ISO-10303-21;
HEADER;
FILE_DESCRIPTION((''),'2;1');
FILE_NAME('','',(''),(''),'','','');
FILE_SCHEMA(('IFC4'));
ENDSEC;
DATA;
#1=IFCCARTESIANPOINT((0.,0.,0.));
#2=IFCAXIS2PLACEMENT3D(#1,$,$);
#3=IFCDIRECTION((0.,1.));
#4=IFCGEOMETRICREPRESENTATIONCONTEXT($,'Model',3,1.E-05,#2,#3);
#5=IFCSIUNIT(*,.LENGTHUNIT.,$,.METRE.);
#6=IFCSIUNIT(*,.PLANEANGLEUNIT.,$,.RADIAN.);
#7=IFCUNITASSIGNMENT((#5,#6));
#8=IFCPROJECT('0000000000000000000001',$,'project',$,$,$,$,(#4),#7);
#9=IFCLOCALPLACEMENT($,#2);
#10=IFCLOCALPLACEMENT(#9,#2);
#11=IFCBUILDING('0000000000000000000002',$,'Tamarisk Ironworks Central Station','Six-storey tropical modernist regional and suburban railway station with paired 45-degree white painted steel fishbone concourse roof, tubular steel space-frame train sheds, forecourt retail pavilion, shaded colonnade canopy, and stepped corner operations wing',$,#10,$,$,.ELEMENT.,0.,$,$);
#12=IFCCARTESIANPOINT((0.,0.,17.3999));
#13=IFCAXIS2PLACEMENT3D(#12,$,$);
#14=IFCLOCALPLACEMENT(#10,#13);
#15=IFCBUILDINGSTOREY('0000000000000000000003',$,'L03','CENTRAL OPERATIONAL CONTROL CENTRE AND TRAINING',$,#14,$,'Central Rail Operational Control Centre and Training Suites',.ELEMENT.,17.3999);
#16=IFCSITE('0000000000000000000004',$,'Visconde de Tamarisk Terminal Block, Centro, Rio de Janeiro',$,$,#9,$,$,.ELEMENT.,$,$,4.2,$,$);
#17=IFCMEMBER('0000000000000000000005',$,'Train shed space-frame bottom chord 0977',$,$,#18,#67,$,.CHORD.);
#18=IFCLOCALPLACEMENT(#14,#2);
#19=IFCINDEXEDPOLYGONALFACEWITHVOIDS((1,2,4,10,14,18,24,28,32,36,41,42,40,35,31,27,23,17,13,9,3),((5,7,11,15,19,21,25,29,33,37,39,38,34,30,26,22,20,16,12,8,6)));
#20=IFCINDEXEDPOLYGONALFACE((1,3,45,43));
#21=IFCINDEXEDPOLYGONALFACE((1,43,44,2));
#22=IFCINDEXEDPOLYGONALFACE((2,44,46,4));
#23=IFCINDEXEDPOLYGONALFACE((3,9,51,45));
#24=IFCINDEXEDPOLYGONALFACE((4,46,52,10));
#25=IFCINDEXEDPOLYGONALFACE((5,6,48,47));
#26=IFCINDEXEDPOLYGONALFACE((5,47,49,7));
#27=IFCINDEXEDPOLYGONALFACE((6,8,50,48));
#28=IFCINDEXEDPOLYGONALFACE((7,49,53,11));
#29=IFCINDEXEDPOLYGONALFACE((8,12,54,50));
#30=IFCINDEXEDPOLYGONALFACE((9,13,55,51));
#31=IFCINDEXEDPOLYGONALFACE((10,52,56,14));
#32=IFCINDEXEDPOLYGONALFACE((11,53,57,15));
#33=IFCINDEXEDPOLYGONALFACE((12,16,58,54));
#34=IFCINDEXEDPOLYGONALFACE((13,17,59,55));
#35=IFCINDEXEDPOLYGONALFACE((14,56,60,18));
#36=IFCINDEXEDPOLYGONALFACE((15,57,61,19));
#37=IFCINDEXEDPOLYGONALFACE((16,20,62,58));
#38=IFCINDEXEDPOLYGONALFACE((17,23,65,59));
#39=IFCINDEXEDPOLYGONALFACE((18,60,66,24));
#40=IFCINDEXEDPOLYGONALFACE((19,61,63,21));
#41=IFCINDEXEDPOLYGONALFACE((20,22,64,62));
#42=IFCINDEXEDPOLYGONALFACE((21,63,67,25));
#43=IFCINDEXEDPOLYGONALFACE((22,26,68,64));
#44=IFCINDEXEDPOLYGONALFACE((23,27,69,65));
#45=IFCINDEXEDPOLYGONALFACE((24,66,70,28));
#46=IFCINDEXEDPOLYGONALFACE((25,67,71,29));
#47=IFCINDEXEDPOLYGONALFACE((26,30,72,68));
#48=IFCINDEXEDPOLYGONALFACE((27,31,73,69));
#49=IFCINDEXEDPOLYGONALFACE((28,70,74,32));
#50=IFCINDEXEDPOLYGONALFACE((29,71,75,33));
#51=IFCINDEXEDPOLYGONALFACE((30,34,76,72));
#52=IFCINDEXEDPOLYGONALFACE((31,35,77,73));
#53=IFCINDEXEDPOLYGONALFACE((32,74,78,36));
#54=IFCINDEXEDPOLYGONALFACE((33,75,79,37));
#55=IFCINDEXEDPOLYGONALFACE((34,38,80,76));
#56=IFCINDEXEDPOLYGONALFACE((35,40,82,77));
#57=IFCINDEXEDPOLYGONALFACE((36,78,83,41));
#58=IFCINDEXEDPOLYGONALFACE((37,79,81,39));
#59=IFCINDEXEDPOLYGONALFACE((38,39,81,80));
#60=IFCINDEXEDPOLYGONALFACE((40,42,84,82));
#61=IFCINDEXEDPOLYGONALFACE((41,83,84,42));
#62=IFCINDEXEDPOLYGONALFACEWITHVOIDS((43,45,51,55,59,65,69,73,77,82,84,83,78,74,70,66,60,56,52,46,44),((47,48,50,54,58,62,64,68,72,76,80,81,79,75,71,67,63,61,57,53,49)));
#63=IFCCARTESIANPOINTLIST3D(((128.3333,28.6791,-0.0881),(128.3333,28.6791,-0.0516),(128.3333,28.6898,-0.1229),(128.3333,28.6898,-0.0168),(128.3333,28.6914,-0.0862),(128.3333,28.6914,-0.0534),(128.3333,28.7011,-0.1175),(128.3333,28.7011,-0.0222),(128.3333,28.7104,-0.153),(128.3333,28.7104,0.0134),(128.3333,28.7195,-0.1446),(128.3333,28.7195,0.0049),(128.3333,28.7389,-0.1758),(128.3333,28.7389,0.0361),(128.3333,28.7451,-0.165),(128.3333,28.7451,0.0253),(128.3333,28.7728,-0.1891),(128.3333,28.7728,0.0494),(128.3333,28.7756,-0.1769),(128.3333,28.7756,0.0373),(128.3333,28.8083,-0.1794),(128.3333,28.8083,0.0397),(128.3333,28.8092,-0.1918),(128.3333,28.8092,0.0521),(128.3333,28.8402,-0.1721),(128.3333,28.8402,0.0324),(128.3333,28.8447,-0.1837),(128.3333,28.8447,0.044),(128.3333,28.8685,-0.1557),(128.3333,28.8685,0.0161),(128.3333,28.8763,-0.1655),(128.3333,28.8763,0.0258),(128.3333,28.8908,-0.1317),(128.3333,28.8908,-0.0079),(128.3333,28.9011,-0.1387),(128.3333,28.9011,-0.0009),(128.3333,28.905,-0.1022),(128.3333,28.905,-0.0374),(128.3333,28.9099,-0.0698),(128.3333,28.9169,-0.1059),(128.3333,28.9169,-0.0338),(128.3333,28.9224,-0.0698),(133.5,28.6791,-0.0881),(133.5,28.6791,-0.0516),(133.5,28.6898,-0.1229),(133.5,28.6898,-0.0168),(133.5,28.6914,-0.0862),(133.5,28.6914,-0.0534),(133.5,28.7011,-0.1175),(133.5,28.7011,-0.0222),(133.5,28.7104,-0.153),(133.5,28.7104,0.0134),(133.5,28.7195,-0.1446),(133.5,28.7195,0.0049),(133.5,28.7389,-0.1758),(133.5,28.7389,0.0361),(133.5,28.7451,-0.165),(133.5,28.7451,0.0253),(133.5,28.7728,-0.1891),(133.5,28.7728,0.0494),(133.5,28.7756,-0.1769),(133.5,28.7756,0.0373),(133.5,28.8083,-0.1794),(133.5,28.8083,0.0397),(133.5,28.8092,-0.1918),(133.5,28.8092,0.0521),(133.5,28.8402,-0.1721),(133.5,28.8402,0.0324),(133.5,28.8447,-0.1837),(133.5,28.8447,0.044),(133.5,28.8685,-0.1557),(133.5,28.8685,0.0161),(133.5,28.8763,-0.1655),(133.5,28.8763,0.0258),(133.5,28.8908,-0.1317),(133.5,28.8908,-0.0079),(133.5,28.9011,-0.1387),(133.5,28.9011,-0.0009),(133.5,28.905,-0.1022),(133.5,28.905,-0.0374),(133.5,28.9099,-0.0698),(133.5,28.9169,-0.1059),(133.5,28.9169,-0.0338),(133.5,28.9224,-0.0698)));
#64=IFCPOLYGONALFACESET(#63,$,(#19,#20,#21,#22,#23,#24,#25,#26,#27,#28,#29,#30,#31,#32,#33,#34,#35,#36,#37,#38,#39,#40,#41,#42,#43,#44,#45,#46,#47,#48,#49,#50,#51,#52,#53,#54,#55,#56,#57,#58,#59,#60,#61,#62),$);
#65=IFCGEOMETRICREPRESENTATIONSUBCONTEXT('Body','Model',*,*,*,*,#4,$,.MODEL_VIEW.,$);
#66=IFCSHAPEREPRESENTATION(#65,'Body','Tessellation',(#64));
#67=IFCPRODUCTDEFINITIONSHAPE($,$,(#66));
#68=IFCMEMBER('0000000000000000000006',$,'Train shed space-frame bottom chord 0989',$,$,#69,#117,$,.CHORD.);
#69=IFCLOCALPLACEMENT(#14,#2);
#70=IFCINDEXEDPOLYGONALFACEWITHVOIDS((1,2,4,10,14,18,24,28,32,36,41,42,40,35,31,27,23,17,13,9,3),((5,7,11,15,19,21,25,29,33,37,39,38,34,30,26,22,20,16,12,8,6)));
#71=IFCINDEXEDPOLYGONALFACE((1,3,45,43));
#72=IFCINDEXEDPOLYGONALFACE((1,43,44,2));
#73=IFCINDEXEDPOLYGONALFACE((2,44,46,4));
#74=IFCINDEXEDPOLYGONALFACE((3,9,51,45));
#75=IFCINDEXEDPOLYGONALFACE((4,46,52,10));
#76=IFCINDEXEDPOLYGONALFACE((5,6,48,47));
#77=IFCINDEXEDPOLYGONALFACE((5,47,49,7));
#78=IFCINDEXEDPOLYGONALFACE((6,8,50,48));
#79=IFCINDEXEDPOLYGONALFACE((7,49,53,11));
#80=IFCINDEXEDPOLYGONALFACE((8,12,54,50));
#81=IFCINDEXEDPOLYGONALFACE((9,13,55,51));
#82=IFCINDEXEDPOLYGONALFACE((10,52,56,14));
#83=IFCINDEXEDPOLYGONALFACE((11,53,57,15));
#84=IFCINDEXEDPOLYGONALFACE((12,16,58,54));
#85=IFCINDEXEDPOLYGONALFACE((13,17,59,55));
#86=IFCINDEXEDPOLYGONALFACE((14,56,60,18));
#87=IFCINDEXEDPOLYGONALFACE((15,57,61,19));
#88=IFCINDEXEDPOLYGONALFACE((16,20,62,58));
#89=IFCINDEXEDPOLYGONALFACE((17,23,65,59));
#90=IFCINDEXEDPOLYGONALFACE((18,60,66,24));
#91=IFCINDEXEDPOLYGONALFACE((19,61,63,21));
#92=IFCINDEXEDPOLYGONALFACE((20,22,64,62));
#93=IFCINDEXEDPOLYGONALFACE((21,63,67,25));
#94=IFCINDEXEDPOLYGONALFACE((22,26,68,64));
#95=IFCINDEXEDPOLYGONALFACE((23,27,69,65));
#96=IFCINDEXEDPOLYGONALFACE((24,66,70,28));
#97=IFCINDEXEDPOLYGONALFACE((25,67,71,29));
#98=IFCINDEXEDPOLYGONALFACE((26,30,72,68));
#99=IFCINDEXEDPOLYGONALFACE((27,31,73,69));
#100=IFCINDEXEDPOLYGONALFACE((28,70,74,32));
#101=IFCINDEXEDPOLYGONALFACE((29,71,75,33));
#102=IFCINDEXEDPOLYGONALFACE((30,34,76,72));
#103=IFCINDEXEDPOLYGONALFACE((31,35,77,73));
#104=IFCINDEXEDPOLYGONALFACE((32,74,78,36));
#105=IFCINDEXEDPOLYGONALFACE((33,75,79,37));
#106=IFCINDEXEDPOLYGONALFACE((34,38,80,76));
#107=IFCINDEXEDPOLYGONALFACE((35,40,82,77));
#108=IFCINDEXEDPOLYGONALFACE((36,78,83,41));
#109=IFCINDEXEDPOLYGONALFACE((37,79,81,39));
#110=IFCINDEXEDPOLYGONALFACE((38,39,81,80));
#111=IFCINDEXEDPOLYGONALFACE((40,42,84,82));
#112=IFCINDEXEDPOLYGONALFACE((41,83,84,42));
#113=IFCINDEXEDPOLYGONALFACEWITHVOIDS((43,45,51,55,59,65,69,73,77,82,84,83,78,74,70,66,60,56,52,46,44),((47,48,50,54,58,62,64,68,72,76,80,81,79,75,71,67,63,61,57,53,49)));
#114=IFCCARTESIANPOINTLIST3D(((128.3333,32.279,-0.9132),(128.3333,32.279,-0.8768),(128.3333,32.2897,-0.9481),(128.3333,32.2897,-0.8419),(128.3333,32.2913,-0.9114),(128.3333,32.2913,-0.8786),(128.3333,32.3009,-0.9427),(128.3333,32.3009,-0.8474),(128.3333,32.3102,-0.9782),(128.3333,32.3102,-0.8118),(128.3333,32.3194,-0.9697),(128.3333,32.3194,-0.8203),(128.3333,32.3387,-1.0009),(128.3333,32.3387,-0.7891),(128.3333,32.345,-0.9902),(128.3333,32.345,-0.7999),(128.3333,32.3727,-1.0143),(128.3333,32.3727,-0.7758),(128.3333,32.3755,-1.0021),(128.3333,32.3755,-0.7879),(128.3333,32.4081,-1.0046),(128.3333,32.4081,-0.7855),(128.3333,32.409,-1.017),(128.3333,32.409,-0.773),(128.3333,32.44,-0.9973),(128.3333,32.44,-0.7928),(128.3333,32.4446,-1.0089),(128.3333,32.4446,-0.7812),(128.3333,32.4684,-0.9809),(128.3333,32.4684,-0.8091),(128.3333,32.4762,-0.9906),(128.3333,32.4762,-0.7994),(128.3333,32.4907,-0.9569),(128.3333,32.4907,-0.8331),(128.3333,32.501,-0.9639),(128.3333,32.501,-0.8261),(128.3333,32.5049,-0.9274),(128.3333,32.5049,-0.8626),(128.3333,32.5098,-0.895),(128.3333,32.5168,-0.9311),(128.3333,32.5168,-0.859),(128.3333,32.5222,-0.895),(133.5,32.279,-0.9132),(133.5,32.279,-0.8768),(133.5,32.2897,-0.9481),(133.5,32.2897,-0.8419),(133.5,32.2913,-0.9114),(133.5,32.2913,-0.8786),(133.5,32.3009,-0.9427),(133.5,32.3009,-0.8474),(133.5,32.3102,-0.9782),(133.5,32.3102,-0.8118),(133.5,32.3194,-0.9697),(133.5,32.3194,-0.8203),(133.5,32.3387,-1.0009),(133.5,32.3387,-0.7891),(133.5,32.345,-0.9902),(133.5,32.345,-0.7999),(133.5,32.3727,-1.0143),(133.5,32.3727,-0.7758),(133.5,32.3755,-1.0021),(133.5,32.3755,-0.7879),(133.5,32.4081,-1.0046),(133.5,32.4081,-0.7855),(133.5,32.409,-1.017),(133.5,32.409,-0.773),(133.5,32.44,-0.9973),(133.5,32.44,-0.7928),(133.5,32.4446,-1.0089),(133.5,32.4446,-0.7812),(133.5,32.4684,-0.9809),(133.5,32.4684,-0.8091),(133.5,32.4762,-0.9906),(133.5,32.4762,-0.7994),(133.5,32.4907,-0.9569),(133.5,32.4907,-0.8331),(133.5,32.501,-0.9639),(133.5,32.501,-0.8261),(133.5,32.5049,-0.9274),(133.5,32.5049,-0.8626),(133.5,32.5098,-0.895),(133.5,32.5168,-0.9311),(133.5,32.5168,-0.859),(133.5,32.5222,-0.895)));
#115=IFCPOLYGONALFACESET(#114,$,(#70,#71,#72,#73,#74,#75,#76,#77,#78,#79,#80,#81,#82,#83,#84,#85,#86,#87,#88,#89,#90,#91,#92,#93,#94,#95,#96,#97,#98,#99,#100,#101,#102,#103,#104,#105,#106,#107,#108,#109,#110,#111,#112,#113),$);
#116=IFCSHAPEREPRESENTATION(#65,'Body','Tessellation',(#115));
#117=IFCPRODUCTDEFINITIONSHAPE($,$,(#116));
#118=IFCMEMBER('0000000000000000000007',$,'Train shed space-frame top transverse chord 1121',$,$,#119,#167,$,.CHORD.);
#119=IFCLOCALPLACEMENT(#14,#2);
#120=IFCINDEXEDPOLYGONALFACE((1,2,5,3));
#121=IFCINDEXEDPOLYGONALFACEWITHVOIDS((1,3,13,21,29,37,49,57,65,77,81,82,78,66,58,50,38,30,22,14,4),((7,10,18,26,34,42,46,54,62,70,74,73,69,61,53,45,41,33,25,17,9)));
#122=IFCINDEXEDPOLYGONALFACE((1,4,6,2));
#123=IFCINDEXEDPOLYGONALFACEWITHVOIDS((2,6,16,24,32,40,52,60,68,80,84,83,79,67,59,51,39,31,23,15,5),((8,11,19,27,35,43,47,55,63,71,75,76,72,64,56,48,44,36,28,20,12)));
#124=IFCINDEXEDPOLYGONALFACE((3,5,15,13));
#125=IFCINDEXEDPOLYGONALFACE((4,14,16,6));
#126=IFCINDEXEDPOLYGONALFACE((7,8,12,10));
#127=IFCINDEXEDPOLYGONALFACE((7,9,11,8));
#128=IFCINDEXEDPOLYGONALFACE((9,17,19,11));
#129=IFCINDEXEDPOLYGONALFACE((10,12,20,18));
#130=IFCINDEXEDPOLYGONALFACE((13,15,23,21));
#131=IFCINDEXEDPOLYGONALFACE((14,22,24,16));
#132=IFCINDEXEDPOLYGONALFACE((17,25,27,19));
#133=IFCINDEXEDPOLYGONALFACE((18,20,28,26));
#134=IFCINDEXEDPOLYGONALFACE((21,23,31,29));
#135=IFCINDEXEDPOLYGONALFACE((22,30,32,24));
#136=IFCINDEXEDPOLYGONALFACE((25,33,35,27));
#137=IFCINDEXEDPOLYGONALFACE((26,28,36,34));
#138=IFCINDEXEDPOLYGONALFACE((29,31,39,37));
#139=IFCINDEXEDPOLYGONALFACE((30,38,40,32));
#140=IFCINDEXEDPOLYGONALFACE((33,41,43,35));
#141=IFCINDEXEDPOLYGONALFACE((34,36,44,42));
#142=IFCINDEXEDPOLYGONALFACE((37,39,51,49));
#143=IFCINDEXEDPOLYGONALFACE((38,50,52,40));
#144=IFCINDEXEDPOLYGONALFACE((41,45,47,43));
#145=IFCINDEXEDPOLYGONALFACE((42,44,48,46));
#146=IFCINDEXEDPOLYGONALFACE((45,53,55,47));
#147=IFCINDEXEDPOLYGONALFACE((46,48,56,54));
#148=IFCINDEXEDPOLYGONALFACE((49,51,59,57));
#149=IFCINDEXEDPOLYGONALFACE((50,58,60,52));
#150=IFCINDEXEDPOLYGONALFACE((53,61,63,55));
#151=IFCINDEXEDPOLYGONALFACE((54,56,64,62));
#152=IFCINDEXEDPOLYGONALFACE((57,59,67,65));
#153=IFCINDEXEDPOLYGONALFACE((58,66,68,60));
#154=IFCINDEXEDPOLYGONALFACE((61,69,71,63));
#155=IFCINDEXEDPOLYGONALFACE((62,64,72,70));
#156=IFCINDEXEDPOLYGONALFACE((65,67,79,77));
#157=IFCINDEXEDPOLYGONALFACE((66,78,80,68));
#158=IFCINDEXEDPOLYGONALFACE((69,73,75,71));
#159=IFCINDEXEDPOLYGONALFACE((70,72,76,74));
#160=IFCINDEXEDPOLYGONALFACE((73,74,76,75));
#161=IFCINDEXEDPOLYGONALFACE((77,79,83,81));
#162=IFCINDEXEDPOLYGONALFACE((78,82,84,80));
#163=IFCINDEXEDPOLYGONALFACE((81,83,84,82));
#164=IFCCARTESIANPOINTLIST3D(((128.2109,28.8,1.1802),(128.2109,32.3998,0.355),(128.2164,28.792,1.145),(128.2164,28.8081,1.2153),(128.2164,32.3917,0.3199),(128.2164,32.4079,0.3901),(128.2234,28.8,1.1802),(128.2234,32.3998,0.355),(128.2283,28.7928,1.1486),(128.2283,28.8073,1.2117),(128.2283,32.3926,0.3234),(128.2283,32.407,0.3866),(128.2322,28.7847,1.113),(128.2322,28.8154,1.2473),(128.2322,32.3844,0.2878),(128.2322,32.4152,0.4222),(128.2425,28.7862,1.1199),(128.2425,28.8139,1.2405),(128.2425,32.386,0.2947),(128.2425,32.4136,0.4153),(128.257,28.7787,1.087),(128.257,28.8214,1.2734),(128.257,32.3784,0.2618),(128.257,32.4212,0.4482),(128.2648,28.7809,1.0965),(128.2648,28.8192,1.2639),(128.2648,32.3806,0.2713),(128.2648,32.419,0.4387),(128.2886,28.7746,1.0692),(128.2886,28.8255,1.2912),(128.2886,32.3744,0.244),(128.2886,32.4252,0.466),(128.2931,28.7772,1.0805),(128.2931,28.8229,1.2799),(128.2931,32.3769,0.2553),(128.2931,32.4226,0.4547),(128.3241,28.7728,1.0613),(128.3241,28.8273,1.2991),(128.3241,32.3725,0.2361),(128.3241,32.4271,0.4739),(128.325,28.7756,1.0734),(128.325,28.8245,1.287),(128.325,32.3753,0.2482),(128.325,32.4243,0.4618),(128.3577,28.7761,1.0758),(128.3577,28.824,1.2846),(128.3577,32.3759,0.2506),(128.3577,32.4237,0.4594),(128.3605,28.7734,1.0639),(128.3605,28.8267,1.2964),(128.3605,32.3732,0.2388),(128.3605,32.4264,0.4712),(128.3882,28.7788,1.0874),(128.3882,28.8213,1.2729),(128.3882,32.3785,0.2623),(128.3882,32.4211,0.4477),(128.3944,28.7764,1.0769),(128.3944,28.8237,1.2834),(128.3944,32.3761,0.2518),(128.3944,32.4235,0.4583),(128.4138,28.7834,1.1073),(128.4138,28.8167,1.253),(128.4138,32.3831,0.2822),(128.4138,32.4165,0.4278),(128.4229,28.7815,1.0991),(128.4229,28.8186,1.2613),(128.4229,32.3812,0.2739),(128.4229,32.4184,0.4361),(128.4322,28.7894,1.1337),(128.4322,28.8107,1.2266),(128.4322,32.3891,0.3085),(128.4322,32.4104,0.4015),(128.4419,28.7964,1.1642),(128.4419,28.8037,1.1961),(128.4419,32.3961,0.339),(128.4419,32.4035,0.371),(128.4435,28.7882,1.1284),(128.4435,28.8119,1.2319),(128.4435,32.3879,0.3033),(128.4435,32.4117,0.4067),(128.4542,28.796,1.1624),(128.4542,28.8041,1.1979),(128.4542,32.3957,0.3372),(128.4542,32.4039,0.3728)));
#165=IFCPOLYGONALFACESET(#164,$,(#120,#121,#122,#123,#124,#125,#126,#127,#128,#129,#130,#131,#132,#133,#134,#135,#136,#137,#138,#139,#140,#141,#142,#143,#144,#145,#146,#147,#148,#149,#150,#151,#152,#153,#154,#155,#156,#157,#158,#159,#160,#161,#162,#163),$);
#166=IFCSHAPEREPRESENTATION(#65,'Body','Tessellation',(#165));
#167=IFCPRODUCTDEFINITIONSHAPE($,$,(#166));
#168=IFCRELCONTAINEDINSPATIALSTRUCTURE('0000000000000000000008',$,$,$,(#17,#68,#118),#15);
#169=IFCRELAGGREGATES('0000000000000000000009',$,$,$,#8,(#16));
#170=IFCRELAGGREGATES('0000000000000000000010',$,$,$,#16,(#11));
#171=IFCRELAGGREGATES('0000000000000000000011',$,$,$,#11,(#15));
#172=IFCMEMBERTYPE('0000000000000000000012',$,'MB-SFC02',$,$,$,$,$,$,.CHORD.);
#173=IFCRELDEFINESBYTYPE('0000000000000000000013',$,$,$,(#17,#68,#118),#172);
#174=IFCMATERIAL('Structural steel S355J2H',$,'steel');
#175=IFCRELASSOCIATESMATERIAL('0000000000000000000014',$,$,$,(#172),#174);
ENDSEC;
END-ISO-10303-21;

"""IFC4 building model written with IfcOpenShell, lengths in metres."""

from ifc_helpers import new_model, si_unit, direction, frame, origin, origin_2d, place, context, subcontext, project, spatial, hollow_circle, extrude, material, material_profile, profile_set, type_object, element, save


model = new_model("IFC4")

# Units and contexts
model_context = context("Model", 3, precision=1e-05, world=origin(), true_north=direction((0.0, 1.0)))
body_context = subcontext(model_context, "Body", "Model", "MODEL_VIEW")
ifc_project = project(units=[si_unit("LENGTHUNIT", "METRE"), si_unit("PLANEANGLEUNIT", "RADIAN")], contexts=[model_context])

# Site, building, storey
site_placement = place(None, origin())
site = spatial("IfcSite", under=ifc_project, at=site_placement, Name="Visconde de Tamarisk Terminal Block, Centro, Rio de Janeiro", CompositionType="ELEMENT", RefElevation=4.2)
building_placement = place(site_placement, origin())
building = spatial("IfcBuilding", under=site, at=building_placement, Name="Tamarisk Ironworks Central Station", Description="Six-storey tropical modernist regional and suburban railway station with paired 45-degree white painted steel fishbone concourse roof, tubular steel space-frame train sheds, forecourt retail pavilion, shaded colonnade canopy, and stepped corner operations wing", CompositionType="ELEMENT", ElevationOfRefHeight=0.0)
storey_placement = place(building_placement, frame((0.0, 0.0, 17.3999)))
storey = spatial("IfcBuildingStorey", under=building, at=storey_placement, Name="L03", Description="CENTRAL OPERATIONAL CONTROL CENTRE AND TRAINING", LongName="Central Rail Operational Control Centre and Training Suites", CompositionType="ELEMENT", Elevation=17.3999)

# Members
ifc_material_1 = material(Name="Structural steel S355J2H", Category="steel")
ifc_material_profile_1 = material_profile(ifc_material_1, hollow_circle(Radius=0.1223, WallThickness=0.0125, at=origin_2d()), Name="CHS 244.5x12.5")
ifc_profile_set_1 = profile_set([ifc_material_profile_1], Name="Structural steel S355J2H")
member_type_1 = type_object("IfcMemberType", Name="MB-SFC02", PredefinedType="CHORD", material=ifc_profile_set_1)
for number, where, z_axis, x_axis, name in (
    (1, (128.3333, 28.8, -0.0698), (1.0, 0.0, 0.0), (0.0, 1.0, 0.0), "Train shed space-frame bottom chord 0977"),
    (2, (128.3333, 32.3999, -0.895), (1.0, 0.0, 0.0), (0.0, 1.0, 0.0), "Train shed space-frame bottom chord 0989"),
):
    element("IfcMember", number, at=place(storey_placement, frame(where, z_axis=z_axis, x_axis=x_axis)), inside=storey, type_object=member_type_1, Name=name, PredefinedType="CHORD", context=body_context, shape_type="SweptSolid", body=[
        extrude(hollow_circle(Radius=0.1223, WallThickness=0.0125, at=origin_2d()), origin(), (0.0, 0.0, 1.0), 5.1667),
    ])
member_1_placement = place(storey_placement, frame((128.3333, 28.8, 1.1802), z_axis=(0.0, 0.974719, -0.223435), x_axis=(-1.0, 0.0, 0.0)))
element("IfcMember", 3, at=member_1_placement, inside=storey, type_object=member_type_1, Name="Train shed space-frame top transverse chord 1121", PredefinedType="CHORD", context=body_context, shape_type="SweptSolid", body=[
    extrude(hollow_circle(Radius=0.1223, WallThickness=0.0125, at=origin_2d()), origin(), (0.0, 0.0, 1.0), 3.6931),
])

save(model, "model.ifc")
